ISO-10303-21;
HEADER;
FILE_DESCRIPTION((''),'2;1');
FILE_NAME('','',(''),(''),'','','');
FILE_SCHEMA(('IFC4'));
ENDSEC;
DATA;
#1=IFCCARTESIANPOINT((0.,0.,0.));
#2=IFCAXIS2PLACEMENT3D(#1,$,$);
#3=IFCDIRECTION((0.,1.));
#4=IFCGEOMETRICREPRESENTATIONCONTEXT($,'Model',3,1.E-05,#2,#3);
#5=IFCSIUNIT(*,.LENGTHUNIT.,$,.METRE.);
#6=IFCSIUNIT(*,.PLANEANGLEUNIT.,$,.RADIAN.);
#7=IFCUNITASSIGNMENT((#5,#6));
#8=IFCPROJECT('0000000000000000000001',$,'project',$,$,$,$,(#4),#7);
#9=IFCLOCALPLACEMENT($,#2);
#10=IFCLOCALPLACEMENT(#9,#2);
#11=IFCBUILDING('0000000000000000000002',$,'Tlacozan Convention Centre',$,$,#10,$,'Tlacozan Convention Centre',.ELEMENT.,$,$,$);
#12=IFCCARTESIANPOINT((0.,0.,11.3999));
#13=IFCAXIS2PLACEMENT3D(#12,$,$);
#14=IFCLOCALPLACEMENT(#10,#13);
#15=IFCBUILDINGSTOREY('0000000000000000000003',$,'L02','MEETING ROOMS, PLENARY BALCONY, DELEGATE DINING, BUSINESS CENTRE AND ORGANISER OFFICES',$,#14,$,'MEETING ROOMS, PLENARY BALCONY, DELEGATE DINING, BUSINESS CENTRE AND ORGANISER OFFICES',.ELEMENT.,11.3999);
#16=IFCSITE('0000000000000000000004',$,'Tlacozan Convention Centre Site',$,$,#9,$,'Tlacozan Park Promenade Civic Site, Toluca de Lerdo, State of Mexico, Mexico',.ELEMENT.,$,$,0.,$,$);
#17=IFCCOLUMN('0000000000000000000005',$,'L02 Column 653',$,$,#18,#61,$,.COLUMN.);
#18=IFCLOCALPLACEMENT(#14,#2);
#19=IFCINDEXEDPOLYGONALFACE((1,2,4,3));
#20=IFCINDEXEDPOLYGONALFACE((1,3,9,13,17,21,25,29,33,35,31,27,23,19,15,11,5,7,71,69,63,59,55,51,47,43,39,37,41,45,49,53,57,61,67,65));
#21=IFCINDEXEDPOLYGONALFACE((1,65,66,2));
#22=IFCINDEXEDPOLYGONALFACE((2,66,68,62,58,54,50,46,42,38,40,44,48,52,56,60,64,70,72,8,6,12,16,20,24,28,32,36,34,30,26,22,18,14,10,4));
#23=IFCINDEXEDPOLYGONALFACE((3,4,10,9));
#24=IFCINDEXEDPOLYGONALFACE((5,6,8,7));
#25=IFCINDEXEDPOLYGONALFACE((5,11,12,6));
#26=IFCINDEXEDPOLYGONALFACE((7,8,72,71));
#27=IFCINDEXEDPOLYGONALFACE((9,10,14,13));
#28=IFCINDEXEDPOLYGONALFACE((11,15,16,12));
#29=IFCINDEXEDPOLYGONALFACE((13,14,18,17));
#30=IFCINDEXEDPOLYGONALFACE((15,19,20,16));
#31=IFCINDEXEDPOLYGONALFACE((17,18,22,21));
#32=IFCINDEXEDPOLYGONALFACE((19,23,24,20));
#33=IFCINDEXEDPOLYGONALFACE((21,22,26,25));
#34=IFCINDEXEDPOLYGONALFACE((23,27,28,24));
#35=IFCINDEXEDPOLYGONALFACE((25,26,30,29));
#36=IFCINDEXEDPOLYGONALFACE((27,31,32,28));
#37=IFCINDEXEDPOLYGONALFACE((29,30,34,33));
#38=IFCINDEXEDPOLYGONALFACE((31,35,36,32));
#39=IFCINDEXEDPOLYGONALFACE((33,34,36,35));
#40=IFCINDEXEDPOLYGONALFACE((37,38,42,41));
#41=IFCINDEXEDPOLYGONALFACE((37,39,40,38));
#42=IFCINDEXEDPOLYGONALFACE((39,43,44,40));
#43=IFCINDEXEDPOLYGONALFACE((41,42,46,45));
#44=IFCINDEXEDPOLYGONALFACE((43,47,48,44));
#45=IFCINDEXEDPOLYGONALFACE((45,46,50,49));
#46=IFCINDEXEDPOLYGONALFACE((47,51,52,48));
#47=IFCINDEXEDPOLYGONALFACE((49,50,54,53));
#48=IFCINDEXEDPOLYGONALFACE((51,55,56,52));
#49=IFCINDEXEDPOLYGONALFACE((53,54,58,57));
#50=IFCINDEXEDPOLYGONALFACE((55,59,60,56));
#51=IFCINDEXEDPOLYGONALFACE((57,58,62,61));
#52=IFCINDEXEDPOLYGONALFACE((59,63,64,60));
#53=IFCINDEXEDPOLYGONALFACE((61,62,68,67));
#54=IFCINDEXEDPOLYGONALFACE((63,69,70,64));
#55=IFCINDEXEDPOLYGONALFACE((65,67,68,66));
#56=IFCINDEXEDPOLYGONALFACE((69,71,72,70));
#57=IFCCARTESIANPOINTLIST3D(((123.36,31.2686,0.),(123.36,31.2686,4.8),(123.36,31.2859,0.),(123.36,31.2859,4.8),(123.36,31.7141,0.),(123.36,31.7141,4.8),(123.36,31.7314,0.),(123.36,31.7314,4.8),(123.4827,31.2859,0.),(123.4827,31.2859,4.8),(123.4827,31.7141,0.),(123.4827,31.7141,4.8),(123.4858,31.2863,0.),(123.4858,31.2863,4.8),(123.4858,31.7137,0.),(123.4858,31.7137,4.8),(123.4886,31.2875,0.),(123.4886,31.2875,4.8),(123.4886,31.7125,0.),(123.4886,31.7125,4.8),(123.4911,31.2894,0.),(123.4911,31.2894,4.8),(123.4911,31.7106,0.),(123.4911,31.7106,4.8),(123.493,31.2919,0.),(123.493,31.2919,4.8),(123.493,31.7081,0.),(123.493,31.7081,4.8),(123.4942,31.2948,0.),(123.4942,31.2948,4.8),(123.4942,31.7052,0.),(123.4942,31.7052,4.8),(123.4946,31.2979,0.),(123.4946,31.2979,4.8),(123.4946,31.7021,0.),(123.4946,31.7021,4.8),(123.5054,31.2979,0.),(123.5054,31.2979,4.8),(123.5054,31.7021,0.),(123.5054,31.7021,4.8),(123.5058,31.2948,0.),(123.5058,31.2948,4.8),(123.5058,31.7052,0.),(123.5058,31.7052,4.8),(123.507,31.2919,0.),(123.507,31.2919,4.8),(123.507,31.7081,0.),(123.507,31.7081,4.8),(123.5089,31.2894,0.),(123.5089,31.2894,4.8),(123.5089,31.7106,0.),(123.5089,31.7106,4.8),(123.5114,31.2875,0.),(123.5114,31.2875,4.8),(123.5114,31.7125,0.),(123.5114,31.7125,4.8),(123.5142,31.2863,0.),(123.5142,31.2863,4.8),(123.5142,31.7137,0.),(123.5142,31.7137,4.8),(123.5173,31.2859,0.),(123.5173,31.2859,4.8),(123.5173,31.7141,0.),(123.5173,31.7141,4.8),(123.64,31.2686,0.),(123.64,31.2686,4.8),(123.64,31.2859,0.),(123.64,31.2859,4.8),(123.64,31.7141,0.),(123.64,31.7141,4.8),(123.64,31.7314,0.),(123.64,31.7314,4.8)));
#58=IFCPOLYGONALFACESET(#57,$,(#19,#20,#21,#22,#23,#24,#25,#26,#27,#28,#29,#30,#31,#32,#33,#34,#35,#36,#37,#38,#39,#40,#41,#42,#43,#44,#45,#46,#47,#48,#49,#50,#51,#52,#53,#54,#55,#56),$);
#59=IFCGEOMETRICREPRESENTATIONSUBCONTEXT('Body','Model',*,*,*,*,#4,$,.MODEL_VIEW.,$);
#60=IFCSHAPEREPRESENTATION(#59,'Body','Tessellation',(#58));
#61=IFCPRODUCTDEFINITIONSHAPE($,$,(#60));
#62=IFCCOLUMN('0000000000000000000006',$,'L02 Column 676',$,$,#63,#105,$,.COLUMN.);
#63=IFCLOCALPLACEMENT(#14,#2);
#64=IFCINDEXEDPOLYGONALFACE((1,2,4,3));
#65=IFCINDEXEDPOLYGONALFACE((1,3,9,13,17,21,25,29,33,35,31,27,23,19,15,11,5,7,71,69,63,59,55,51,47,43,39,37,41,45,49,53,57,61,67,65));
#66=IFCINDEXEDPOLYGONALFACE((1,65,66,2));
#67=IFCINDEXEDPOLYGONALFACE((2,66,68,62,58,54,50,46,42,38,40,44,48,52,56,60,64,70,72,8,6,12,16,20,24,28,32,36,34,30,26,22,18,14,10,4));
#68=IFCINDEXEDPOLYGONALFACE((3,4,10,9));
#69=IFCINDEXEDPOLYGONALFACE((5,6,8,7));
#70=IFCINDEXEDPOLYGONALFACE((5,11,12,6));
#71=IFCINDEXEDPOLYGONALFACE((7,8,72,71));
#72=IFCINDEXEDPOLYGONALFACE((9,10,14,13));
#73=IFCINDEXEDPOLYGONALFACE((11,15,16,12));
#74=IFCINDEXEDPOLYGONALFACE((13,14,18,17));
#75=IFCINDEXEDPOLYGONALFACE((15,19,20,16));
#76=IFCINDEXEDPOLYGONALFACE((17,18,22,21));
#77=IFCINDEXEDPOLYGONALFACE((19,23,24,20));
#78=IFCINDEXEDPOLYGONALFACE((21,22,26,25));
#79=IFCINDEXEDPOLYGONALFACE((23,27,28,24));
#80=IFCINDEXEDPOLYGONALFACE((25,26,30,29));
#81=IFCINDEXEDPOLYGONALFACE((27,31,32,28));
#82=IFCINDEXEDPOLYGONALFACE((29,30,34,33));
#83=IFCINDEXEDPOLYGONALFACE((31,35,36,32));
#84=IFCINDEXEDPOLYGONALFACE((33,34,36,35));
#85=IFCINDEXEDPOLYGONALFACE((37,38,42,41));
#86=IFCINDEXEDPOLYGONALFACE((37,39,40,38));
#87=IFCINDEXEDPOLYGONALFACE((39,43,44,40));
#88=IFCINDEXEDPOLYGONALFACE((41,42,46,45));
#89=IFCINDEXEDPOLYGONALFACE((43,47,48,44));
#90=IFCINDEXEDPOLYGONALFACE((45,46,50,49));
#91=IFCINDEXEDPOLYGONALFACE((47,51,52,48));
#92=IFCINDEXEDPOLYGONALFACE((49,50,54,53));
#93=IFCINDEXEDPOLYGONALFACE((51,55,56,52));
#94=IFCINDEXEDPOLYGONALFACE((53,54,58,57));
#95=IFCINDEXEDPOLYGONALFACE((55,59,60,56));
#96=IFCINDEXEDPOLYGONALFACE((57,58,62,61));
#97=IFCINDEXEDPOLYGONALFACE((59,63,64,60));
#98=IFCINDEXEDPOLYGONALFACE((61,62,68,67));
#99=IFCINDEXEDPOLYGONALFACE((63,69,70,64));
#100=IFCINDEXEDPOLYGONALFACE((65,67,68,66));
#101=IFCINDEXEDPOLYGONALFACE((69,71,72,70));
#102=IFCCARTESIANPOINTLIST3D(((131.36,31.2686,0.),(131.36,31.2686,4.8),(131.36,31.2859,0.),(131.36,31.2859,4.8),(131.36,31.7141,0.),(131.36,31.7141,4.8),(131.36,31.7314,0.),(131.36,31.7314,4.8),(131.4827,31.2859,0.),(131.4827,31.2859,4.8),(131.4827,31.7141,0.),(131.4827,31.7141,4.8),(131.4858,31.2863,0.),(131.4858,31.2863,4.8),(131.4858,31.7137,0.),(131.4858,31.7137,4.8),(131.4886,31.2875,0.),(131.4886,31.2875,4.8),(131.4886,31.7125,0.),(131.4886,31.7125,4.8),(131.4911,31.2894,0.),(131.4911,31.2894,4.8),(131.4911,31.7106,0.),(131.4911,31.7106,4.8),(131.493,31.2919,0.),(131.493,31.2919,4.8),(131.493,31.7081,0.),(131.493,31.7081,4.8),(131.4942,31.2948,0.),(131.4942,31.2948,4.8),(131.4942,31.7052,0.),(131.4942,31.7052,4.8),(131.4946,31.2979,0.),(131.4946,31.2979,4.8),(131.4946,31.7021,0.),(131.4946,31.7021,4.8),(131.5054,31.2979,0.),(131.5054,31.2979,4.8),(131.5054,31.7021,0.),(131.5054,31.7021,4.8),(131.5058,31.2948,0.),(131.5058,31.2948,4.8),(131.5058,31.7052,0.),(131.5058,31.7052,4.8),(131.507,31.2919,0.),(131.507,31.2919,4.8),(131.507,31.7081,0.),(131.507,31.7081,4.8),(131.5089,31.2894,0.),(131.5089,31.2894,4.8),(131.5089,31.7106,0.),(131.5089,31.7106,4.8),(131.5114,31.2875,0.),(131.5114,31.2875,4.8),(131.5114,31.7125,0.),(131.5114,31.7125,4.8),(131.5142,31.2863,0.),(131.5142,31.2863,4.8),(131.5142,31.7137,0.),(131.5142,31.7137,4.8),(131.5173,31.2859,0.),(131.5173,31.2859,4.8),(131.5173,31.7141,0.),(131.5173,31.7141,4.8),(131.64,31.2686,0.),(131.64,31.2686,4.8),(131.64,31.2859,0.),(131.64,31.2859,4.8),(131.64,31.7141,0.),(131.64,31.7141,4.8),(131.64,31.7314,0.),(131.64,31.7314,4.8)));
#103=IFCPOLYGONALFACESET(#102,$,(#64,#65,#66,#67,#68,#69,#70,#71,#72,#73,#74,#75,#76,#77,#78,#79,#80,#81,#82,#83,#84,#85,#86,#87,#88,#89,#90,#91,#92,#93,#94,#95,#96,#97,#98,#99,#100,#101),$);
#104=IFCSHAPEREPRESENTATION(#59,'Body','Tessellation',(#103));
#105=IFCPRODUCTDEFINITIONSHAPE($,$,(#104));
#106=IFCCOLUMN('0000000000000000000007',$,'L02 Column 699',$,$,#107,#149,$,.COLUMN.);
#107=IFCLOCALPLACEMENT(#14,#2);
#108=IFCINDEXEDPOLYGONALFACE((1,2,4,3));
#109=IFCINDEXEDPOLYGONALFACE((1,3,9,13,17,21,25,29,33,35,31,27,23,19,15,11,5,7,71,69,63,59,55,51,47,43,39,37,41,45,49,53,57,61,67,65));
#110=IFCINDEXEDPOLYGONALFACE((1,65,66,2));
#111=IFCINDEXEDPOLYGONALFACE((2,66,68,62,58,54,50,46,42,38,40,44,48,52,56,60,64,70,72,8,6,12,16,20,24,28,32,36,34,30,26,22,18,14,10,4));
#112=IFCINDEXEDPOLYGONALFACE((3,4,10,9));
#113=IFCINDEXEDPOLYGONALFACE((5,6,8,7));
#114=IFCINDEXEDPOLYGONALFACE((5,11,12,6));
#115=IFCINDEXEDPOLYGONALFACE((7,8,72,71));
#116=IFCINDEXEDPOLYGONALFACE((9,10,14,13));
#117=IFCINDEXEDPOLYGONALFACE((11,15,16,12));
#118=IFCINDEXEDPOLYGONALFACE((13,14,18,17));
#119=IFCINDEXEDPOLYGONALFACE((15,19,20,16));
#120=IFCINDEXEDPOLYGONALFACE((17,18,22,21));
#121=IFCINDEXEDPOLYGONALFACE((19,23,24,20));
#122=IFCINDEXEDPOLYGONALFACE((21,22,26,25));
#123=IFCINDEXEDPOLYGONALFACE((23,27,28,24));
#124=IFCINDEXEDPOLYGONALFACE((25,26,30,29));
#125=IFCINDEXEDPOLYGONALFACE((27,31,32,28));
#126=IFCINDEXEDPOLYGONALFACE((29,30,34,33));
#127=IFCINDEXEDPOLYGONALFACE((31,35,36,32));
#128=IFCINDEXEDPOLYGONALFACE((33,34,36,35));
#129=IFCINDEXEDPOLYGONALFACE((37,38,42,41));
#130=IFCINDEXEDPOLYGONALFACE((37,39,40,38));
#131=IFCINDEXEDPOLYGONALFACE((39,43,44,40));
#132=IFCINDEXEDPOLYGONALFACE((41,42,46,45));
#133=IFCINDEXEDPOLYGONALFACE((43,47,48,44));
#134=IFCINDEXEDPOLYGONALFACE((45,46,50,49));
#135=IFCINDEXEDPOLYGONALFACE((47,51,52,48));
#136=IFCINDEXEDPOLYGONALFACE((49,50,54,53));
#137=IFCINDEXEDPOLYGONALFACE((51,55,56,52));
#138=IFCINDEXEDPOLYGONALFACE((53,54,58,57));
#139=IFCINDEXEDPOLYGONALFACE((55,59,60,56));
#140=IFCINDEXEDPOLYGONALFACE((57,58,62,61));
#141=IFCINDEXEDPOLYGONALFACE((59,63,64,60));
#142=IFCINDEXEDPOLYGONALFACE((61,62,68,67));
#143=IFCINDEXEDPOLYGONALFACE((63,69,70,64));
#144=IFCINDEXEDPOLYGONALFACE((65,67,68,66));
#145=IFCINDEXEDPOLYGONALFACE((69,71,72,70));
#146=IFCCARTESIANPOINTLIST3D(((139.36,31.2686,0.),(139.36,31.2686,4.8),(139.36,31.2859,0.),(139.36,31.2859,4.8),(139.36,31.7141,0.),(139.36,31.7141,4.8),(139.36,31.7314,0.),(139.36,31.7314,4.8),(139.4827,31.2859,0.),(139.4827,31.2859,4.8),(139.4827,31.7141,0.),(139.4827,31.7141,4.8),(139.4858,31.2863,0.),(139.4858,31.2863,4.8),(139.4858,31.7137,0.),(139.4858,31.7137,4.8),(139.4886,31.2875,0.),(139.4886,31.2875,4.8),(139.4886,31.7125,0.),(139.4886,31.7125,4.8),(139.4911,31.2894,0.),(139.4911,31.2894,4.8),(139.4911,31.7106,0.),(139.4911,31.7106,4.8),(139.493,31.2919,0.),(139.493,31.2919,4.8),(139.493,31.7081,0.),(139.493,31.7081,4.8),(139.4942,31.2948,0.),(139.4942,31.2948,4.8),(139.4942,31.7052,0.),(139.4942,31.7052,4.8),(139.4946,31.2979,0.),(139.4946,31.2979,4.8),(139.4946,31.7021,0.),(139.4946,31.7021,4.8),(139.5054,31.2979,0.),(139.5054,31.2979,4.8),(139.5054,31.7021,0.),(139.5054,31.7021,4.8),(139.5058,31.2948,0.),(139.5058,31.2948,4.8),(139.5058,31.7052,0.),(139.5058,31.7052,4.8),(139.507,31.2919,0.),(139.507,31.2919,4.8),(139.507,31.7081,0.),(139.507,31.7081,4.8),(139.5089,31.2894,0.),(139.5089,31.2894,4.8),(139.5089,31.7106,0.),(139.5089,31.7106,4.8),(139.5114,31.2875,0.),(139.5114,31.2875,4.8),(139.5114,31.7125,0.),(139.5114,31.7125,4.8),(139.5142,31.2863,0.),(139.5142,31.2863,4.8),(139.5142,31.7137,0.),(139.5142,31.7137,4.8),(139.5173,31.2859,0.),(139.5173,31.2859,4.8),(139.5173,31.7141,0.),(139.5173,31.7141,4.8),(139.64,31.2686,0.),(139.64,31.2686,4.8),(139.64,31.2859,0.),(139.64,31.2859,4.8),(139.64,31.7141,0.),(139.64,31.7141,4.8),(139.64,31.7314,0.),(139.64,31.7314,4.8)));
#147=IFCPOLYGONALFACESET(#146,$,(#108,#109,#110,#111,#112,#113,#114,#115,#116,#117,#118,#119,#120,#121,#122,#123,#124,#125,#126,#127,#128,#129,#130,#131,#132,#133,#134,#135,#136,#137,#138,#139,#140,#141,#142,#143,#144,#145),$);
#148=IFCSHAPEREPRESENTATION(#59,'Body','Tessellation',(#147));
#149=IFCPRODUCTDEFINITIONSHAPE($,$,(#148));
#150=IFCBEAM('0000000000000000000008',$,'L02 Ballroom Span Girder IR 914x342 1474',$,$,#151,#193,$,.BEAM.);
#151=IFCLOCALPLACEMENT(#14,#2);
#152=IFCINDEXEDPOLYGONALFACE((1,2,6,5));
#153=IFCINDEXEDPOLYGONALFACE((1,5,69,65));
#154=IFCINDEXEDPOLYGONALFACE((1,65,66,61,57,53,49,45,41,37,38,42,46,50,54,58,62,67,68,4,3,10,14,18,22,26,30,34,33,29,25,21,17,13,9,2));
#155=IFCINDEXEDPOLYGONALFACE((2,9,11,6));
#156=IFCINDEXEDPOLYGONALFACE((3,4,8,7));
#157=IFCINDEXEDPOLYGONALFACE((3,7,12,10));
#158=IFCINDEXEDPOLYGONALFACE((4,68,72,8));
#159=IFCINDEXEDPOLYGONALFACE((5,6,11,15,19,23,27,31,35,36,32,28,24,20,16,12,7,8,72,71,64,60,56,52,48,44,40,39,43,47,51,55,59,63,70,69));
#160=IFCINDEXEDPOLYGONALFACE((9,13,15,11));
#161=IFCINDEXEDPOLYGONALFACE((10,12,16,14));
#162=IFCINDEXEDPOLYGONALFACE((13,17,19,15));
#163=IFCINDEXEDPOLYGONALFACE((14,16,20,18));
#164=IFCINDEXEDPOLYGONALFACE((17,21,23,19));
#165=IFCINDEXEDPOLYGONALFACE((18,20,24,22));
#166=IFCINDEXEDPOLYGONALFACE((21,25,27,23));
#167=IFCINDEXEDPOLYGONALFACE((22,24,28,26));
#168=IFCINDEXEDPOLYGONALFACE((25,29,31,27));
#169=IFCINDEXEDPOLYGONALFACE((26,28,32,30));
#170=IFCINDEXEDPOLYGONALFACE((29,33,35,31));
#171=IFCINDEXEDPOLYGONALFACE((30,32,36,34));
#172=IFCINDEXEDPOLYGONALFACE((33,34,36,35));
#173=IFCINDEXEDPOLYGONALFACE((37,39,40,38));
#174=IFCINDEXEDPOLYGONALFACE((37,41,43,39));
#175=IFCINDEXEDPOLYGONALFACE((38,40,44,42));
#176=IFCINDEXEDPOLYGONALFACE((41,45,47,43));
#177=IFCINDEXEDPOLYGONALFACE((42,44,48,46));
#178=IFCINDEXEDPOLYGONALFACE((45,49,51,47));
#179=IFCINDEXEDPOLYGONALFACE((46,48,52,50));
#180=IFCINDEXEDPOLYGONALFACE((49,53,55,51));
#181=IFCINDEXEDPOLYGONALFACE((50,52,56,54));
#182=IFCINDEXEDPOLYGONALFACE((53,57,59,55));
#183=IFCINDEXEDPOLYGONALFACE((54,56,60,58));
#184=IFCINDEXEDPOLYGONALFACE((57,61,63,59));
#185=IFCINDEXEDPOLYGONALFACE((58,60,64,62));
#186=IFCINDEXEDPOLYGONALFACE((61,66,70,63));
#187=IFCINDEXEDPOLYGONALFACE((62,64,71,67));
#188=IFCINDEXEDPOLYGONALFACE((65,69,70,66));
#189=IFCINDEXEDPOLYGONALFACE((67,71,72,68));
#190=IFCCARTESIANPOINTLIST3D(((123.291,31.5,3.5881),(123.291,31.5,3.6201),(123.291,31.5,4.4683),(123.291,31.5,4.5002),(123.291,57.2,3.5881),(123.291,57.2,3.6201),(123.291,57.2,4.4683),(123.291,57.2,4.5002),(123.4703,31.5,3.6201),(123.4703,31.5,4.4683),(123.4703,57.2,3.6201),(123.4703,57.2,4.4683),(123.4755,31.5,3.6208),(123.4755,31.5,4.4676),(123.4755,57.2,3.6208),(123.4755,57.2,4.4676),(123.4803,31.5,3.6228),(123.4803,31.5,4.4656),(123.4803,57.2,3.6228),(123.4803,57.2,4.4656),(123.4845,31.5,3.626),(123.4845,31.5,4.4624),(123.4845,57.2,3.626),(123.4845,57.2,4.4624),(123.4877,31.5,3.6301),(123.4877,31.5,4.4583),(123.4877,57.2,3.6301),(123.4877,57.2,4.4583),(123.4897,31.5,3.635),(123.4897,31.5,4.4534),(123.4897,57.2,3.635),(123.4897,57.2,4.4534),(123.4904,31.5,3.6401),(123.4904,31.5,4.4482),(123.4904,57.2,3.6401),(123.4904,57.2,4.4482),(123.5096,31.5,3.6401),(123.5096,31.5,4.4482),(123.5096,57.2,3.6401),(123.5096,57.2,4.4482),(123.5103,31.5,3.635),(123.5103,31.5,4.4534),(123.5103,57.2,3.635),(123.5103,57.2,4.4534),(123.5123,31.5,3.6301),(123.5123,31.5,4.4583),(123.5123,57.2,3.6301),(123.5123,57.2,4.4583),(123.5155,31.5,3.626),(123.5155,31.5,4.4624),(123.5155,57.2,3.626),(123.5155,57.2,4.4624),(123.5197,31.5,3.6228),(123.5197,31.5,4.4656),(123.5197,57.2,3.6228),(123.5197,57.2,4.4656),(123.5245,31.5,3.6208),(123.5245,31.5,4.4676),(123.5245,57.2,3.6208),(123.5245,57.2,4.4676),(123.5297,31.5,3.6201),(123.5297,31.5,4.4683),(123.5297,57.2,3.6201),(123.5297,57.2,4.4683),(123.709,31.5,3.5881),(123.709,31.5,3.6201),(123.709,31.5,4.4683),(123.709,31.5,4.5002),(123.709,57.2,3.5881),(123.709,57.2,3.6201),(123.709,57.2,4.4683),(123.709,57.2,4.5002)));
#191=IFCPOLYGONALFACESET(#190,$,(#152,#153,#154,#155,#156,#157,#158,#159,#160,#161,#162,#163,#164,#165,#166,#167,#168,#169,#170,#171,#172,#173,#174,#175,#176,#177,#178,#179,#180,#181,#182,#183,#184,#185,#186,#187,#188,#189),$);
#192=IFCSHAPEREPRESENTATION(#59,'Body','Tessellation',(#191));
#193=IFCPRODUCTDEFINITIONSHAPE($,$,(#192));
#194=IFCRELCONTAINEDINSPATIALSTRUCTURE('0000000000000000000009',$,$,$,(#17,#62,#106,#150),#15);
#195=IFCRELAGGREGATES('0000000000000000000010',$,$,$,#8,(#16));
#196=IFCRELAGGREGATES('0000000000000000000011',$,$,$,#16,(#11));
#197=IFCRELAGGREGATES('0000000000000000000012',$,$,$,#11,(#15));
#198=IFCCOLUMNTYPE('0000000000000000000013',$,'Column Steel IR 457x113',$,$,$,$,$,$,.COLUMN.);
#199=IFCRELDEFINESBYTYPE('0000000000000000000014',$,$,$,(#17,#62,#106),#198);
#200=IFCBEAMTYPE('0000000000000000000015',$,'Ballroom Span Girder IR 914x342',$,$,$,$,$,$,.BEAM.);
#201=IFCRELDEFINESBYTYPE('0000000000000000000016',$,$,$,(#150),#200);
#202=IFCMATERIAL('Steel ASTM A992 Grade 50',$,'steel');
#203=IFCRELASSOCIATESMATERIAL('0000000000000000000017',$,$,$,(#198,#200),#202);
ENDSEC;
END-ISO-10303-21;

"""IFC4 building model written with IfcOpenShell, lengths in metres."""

from ifc_helpers import new_model, si_unit, direction, frame, origin, origin_2d, place, context, subcontext, project, spatial, i_section, extrude, material, material_profile, profile_set, type_object, element, save


model = new_model("IFC4")

# Units and contexts
model_context = context("Model", 3, precision=1e-05, world=origin(), true_north=direction((0.0, 1.0)))
body_context = subcontext(model_context, "Body", "Model", "MODEL_VIEW")
ifc_project = project(units=[si_unit("LENGTHUNIT", "METRE"), si_unit("PLANEANGLEUNIT", "RADIAN")], contexts=[model_context])

# Site, building, storey
site_placement = place(None, origin())
site = spatial("IfcSite", under=ifc_project, at=site_placement, Name="Tlacozan Convention Centre Site", LongName="Tlacozan Park Promenade Civic Site, Toluca de Lerdo, State of Mexico, Mexico", CompositionType="ELEMENT", RefElevation=0.0)
building_placement = place(site_placement, origin())
building = spatial("IfcBuilding", under=site, at=building_placement, Name="Tlacozan Convention Centre", LongName="Tlacozan Convention Centre", CompositionType="ELEMENT")
storey_placement = place(building_placement, frame((0.0, 0.0, 11.3999)))
storey = spatial("IfcBuildingStorey", under=building, at=storey_placement, Name="L02", Description="MEETING ROOMS, PLENARY BALCONY, DELEGATE DINING, BUSINESS CENTRE AND ORGANISER OFFICES", LongName="MEETING ROOMS, PLENARY BALCONY, DELEGATE DINING, BUSINESS CENTRE AND ORGANISER OFFICES", CompositionType="ELEMENT", Elevation=11.3999)

# Columns
ifc_material_1 = material(Name="Steel ASTM A992 Grade 50", Category="steel")
ifc_material_profile_1 = material_profile(ifc_material_1, i_section(OverallWidth=0.28, OverallDepth=0.4629, WebThickness=0.0107, FlangeThickness=0.0173, FilletRadius=0.012, at=origin_2d()), Name="IR 457x113.0")
ifc_profile_set_1 = profile_set([ifc_material_profile_1], Name="Steel ASTM A992 Grade 50")
column_type = type_object("IfcColumnType", Name="Column Steel IR 457x113", PredefinedType="COLUMN", material=ifc_profile_set_1)
for number, where, z_axis, x_axis, name in (
    (1, (123.5, 31.5, 0.0), (0.0, 0.0, 1.0), (1.0, 0.0, 0.0), "L02 Column 653"),
    (2, (131.5, 31.5, 0.0), (0.0, 0.0, 1.0), (1.0, 0.0, 0.0), "L02 Column 676"),
    (3, (139.5, 31.5, 0.0), (0.0, 0.0, 1.0), (1.0, 0.0, 0.0), "L02 Column 699"),
):
    element("IfcColumn", number, at=place(storey_placement, frame(where, z_axis=z_axis, x_axis=x_axis)), inside=storey, type_object=column_type, Name=name, PredefinedType="COLUMN", context=body_context, shape_type="SweptSolid", body=[
        extrude(i_section(OverallWidth=0.28, OverallDepth=0.4629, WebThickness=0.0107, FlangeThickness=0.0173, FilletRadius=0.012, at=origin_2d()), origin(), (0.0, 0.0, 1.0), 4.8),
    ])

# Beam
ifc_material_profile_2 = material_profile(ifc_material_1, i_section(OverallWidth=0.418, OverallDepth=0.9121, WebThickness=0.0193, FlangeThickness=0.032, FilletRadius=0.02, at=origin_2d()), Name="IR 914x342.0")
ifc_profile_set_2 = profile_set([ifc_material_profile_2], Name="Steel ASTM A992 Grade 50")
beam_type_1 = type_object("IfcBeamType", Name="Ballroom Span Girder IR 914x342", PredefinedType="BEAM", material=ifc_profile_set_2)
beam_1_placement = place(storey_placement, frame((123.5, 31.5, 4.0442), z_axis=(0.0, 1.0, 0.0), x_axis=(-1.0, 0.0, 0.0)))
element("IfcBeam", 4, at=beam_1_placement, inside=storey, type_object=beam_type_1, Name="L02 Ballroom Span Girder IR 914x342 1474", PredefinedType="BEAM", context=body_context, shape_type="SweptSolid", body=[
    extrude(i_section(OverallWidth=0.418, OverallDepth=0.9121, WebThickness=0.0193, FlangeThickness=0.032, FilletRadius=0.02, at=origin_2d()), origin(), (0.0, 0.0, 1.0), 25.7),
])

save(model, "model.ifc")
